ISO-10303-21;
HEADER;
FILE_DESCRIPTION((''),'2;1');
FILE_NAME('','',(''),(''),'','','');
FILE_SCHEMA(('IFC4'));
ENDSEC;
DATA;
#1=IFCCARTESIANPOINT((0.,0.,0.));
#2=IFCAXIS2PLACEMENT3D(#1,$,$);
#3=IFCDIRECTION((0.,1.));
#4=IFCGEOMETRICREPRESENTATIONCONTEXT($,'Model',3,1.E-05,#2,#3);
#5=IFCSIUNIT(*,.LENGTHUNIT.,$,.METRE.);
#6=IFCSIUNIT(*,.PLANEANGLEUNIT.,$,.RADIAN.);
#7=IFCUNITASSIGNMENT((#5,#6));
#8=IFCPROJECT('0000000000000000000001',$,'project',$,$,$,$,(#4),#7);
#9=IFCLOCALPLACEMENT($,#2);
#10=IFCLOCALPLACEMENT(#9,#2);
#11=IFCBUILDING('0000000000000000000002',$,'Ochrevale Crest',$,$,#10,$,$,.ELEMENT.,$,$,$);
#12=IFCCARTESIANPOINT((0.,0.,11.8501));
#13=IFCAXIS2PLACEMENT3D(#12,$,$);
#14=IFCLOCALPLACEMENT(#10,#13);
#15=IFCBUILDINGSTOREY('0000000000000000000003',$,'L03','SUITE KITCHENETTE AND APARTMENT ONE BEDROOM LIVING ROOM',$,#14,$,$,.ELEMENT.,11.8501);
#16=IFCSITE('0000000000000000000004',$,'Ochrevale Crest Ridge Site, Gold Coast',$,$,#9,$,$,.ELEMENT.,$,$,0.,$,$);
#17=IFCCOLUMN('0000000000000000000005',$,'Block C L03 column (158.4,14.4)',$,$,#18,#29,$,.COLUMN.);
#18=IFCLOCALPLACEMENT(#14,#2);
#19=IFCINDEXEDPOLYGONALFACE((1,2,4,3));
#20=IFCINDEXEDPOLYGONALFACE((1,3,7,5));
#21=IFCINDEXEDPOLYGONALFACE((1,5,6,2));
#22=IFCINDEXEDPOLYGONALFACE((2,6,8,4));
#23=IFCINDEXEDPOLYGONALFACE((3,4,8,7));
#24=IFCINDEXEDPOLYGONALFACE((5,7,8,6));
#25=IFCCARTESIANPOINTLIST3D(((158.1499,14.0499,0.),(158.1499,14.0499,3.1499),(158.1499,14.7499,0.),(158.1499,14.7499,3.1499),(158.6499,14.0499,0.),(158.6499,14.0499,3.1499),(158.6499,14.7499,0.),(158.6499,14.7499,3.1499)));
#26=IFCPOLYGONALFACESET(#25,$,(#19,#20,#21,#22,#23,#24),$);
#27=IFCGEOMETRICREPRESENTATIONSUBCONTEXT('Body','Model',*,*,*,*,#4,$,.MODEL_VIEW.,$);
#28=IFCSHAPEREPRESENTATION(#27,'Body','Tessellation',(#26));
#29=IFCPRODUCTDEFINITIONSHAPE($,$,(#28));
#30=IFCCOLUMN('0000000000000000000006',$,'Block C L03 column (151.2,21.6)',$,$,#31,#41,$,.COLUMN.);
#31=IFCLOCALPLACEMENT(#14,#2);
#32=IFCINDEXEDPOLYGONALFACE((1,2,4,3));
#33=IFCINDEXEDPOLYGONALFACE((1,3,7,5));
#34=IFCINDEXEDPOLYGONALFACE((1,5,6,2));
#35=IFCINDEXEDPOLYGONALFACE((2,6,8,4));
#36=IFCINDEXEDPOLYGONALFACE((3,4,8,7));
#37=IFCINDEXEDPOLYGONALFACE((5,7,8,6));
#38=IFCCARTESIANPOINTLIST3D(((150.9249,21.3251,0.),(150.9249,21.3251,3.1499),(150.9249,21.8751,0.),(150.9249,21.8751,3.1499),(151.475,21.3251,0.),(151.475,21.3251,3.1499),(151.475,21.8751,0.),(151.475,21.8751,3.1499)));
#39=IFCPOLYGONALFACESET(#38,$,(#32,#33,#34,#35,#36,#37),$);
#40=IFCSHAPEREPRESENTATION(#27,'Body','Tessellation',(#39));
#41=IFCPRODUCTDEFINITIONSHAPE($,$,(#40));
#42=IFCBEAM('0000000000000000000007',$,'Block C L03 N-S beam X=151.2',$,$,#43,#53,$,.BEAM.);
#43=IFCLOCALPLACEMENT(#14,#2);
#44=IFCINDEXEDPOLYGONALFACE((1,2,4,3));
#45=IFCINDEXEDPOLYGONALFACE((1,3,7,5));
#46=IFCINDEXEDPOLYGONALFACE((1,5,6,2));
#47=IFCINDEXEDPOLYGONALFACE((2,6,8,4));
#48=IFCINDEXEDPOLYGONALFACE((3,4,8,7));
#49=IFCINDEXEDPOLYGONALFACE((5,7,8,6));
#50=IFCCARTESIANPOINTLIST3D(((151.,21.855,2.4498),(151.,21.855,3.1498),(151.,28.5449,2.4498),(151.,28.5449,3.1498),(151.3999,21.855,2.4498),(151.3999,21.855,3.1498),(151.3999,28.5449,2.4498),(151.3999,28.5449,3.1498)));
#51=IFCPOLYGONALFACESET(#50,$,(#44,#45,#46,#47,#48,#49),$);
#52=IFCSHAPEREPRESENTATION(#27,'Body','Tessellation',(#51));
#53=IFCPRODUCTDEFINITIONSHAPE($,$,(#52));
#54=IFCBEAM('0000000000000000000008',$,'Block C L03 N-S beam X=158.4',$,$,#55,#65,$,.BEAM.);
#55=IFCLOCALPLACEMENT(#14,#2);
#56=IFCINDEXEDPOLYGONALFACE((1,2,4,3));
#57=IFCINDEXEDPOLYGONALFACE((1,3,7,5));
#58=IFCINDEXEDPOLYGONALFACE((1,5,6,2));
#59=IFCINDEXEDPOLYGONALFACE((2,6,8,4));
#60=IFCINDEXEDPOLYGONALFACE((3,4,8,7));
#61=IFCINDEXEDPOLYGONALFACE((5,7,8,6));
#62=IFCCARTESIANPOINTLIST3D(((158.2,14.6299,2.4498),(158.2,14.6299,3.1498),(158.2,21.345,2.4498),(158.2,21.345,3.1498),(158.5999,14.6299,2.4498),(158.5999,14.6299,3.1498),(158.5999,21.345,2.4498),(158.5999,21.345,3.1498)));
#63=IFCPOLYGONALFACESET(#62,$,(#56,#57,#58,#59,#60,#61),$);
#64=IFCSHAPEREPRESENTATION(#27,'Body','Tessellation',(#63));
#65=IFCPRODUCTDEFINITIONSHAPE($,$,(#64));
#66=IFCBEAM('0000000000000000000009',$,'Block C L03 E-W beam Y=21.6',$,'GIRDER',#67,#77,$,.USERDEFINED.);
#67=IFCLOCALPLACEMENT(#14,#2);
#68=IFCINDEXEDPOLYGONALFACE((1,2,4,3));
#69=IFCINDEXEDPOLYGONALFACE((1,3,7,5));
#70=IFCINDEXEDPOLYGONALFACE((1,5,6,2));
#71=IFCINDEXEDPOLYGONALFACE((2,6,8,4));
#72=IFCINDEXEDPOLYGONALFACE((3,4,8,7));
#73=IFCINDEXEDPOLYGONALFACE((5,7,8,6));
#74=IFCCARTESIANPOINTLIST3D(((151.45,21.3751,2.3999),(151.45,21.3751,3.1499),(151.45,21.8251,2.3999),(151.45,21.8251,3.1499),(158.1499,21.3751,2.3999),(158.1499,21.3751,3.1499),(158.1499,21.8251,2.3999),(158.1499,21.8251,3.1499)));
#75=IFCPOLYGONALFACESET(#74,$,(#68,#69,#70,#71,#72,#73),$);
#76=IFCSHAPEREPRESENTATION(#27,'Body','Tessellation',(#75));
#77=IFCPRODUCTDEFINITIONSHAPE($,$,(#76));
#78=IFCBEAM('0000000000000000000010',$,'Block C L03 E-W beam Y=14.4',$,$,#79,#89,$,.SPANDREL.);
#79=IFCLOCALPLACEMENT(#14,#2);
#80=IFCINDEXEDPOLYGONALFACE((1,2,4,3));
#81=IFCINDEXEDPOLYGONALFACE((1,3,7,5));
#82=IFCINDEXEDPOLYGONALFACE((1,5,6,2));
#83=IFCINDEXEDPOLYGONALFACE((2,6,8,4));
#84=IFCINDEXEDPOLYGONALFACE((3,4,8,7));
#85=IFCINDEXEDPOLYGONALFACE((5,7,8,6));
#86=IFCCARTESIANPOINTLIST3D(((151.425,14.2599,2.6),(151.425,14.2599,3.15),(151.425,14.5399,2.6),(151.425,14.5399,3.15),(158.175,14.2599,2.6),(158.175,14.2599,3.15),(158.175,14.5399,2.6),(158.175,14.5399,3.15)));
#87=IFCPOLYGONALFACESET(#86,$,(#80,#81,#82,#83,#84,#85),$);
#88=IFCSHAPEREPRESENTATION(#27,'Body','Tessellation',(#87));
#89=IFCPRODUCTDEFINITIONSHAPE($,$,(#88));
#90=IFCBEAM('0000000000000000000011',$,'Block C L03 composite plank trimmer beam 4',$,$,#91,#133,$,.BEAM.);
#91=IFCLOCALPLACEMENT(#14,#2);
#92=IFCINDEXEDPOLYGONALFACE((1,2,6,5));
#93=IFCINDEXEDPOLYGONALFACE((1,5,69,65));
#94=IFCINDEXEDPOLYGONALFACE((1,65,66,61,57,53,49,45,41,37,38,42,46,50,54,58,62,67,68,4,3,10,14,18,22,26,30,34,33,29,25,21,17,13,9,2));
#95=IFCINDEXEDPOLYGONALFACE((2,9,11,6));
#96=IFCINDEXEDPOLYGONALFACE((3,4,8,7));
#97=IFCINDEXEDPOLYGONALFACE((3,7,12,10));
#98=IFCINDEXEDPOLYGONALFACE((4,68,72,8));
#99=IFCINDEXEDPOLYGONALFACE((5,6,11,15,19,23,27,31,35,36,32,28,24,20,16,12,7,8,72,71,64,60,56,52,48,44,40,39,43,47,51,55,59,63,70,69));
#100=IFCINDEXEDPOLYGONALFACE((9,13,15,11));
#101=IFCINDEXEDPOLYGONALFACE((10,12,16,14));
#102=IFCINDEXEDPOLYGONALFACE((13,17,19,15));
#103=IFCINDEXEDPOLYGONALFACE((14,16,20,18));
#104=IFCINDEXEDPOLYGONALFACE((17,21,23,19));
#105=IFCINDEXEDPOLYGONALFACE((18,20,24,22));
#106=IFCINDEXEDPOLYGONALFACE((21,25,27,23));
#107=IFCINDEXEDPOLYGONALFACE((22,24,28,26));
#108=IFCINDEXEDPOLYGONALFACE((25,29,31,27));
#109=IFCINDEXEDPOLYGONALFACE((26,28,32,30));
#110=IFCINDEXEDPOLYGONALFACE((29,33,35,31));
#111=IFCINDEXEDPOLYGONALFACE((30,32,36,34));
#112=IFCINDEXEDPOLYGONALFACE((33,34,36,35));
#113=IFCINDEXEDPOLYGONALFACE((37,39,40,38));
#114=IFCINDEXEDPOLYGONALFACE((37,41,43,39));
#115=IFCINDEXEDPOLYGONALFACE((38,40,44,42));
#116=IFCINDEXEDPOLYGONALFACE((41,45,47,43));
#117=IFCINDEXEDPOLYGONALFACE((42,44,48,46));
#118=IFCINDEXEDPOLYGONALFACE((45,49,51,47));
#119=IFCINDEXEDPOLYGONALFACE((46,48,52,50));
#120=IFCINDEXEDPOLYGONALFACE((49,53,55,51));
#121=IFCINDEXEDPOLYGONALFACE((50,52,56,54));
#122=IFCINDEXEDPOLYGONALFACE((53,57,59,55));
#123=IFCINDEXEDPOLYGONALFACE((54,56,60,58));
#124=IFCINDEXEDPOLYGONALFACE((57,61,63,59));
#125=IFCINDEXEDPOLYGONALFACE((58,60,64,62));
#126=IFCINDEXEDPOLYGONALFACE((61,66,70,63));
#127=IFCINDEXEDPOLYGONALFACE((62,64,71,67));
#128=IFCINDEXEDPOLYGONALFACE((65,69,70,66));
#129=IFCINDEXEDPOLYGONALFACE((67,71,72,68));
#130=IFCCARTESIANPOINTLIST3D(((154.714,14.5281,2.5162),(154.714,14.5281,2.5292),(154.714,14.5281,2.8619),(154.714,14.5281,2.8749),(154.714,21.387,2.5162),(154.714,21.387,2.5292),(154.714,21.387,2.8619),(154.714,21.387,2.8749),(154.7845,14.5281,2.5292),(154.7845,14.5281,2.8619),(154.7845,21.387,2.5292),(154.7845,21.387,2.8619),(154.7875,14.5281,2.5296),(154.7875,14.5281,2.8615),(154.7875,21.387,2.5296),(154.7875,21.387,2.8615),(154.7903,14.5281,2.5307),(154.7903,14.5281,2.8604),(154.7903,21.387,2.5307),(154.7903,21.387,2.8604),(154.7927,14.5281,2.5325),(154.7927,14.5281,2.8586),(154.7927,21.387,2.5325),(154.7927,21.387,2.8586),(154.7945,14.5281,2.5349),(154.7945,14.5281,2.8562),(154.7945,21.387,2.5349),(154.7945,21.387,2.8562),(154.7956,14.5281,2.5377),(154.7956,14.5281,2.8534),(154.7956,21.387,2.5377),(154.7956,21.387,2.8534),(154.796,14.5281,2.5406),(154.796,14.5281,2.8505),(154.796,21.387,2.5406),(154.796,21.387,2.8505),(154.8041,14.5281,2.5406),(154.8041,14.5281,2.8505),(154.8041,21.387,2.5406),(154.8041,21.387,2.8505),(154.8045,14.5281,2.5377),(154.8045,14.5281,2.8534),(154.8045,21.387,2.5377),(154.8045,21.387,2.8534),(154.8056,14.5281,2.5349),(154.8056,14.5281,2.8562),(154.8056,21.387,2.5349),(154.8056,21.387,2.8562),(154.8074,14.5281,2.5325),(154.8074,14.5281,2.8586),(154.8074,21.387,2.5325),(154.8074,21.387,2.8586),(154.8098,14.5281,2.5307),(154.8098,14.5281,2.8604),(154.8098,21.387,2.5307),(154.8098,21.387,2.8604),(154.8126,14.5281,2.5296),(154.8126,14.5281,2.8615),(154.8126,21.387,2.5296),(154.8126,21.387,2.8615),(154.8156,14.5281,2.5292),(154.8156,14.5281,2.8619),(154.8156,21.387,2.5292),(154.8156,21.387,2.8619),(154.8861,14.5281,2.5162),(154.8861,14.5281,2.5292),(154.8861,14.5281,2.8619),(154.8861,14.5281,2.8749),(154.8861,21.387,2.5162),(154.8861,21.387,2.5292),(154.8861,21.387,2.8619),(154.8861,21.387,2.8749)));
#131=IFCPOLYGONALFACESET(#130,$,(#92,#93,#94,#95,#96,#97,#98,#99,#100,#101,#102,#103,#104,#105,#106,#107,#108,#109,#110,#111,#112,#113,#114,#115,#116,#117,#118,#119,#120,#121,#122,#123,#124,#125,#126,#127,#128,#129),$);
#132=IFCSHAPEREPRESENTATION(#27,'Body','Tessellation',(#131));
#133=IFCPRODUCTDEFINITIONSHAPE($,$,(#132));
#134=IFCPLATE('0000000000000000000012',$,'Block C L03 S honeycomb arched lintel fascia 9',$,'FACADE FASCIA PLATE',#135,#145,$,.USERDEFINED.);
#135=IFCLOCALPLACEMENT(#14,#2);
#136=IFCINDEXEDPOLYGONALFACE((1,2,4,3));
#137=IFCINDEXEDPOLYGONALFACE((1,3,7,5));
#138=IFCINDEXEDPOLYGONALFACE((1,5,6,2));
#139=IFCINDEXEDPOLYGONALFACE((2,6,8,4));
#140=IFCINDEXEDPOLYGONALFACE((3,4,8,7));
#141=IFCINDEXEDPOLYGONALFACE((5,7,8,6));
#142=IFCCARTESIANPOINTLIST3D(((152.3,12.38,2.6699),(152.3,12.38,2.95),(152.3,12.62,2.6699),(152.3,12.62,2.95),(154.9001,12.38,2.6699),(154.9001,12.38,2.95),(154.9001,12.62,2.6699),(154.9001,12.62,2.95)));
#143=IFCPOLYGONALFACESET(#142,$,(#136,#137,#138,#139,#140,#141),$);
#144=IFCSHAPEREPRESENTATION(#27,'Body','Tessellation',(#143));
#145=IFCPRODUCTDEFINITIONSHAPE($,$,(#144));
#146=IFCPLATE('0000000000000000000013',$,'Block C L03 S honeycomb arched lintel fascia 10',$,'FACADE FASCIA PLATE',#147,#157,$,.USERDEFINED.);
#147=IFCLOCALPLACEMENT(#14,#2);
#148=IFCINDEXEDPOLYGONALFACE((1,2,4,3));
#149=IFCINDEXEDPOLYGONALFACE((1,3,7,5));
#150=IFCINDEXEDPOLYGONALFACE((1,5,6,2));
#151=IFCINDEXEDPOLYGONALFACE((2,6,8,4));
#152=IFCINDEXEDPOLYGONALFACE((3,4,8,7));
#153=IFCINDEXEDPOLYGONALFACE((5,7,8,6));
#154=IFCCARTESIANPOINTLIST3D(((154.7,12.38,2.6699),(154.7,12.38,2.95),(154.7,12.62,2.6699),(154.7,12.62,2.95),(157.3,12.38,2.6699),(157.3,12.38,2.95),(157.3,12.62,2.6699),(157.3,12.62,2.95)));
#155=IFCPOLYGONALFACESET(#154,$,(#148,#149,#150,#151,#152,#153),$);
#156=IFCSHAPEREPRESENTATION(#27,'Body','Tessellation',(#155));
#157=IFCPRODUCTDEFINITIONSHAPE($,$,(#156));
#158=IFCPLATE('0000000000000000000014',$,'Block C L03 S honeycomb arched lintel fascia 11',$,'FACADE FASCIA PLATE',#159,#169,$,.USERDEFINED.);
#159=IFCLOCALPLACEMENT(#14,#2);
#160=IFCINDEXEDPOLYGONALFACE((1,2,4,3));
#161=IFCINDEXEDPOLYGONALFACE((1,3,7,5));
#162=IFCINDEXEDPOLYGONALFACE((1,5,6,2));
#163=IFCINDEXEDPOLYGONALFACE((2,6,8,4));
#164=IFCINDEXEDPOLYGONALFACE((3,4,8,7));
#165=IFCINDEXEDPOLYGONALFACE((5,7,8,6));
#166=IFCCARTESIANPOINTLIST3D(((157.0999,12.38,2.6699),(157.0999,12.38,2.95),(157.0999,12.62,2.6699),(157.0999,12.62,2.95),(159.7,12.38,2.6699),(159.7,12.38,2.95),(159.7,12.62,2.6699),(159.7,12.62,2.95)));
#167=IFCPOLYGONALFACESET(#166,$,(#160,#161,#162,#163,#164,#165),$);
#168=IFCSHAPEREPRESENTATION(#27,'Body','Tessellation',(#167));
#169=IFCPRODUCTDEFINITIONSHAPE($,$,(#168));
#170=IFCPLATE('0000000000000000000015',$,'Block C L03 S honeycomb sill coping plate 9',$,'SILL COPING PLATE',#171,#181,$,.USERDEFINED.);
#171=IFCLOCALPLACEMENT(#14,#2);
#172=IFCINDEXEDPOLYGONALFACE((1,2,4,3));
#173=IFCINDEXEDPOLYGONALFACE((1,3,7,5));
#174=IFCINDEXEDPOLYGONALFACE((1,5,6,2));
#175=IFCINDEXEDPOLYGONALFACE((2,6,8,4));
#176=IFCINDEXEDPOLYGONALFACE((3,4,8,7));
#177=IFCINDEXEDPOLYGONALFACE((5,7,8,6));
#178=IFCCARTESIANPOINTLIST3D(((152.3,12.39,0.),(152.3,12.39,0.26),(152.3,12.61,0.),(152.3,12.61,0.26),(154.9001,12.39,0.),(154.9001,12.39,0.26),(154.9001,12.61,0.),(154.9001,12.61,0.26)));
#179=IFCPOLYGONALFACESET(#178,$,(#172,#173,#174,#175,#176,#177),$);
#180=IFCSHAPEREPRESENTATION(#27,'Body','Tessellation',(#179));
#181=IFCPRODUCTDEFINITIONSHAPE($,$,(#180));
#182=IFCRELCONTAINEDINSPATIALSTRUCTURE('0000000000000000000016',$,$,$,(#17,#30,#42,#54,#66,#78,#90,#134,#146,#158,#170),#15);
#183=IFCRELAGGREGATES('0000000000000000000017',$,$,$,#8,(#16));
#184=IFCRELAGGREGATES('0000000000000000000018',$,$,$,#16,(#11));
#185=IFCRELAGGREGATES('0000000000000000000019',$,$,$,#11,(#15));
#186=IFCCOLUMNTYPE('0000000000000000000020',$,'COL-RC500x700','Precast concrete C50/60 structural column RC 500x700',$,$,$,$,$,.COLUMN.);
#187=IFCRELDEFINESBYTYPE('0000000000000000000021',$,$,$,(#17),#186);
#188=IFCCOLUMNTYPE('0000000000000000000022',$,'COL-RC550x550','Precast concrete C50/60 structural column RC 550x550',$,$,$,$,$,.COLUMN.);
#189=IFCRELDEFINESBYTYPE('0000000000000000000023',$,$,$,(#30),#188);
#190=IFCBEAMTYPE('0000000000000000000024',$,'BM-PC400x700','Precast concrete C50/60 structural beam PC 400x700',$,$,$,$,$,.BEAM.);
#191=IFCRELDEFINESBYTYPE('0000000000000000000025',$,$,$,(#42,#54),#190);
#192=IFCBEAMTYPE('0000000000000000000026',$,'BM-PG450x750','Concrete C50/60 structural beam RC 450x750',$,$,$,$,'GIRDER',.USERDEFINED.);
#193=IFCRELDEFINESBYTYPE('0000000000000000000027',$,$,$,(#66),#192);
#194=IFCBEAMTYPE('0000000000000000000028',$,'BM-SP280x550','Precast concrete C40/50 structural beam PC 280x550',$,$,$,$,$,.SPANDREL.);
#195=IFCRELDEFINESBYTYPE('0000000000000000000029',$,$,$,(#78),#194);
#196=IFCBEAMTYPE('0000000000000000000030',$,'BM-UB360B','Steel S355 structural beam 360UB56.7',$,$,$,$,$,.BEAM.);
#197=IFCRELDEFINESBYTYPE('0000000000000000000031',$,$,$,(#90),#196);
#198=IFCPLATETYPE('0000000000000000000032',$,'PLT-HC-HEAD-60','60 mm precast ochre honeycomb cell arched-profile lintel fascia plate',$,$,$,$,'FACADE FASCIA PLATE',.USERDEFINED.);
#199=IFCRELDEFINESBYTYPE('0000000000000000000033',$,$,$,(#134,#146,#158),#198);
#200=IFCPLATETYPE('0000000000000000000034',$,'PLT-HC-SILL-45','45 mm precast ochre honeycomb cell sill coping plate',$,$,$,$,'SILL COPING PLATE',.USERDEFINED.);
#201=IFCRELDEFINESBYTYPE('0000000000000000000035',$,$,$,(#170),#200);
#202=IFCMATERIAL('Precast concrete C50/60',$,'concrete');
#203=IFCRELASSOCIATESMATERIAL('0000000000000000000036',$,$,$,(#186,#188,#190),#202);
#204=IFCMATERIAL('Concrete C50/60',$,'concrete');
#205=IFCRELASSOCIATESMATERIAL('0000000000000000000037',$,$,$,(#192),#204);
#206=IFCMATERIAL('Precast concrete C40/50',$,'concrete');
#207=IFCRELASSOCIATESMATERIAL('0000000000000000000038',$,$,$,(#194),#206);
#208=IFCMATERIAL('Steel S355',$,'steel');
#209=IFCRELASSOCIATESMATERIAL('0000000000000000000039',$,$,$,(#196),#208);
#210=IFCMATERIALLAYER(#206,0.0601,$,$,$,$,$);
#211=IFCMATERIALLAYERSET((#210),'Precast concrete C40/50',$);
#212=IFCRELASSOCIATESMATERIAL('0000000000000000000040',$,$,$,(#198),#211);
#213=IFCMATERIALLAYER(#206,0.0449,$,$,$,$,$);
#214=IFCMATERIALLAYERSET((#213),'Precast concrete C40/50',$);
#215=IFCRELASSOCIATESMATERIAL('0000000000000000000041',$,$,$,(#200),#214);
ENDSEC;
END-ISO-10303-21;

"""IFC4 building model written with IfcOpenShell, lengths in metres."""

from ifc_helpers import new_model, si_unit, direction, frame, origin, origin_2d, place, context, subcontext, project, spatial, rectangle, i_section, extrude, material, layer, layer_set, material_profile, profile_set, type_object, element, save


model = new_model("IFC4")

# Units and contexts
model_context = context("Model", 3, precision=1e-05, world=origin(), true_north=direction((0.0, 1.0)))
body_context = subcontext(model_context, "Body", "Model", "MODEL_VIEW")
ifc_project = project(units=[si_unit("LENGTHUNIT", "METRE"), si_unit("PLANEANGLEUNIT", "RADIAN")], contexts=[model_context])

# Site, building, storey
site_placement = place(None, origin())
site = spatial("IfcSite", under=ifc_project, at=site_placement, Name="Ochrevale Crest Ridge Site, Gold Coast", CompositionType="ELEMENT", RefElevation=0.0)
building_placement = place(site_placement, origin())
building = spatial("IfcBuilding", under=site, at=building_placement, Name="Ochrevale Crest", CompositionType="ELEMENT")
storey_placement = place(building_placement, frame((0.0, 0.0, 11.8501)))
storey = spatial("IfcBuildingStorey", under=building, at=storey_placement, Name="L03", Description="SUITE KITCHENETTE AND APARTMENT ONE BEDROOM LIVING ROOM", CompositionType="ELEMENT", Elevation=11.8501)

# Columns
ifc_material_1 = material(Name="Precast concrete C50/60", Category="concrete")
ifc_material_profile_1 = material_profile(ifc_material_1, rectangle(XDim=0.5, YDim=0.7, at=origin_2d()), Name="RC 500x700")
ifc_profile_set_1 = profile_set([ifc_material_profile_1], Name="Precast concrete C50/60")
column_type_1 = type_object("IfcColumnType", Name="COL-RC500x700", Description="Precast concrete C50/60 structural column RC 500x700", PredefinedType="COLUMN", material=ifc_profile_set_1)
column_1_placement = place(storey_placement, frame((158.3999, 14.3999, 0.0), z_axis=(0.0, 0.0, 1.0), x_axis=(1.0, 0.0, 0.0)))
element("IfcColumn", 1, at=column_1_placement, inside=storey, type_object=column_type_1, Name="Block C L03 column (158.4,14.4)", PredefinedType="COLUMN", context=body_context, shape_type="SweptSolid", body=[
    extrude(rectangle(XDim=0.5, YDim=0.7, at=origin_2d()), origin(), (0.0, 0.0, 1.0), 3.1499),
])
ifc_material_profile_2 = material_profile(ifc_material_1, rectangle(XDim=0.55, YDim=0.55, at=origin_2d()), Name="RC 550x550")
ifc_profile_set_2 = profile_set([ifc_material_profile_2], Name="Precast concrete C50/60")
column_type_2 = type_object("IfcColumnType", Name="COL-RC550x550", Description="Precast concrete C50/60 structural column RC 550x550", PredefinedType="COLUMN", material=ifc_profile_set_2)
column_2_placement = place(storey_placement, frame((151.2, 21.6001, 0.0), z_axis=(0.0, 0.0, 1.0), x_axis=(1.0, 0.0, 0.0)))
element("IfcColumn", 2, at=column_2_placement, inside=storey, type_object=column_type_2, Name="Block C L03 column (151.2,21.6)", PredefinedType="COLUMN", context=body_context, shape_type="SweptSolid", body=[
    extrude(rectangle(XDim=0.55, YDim=0.55, at=origin_2d()), origin(), (0.0, 0.0, 1.0), 3.1499),
])

# Beams
ifc_material_profile_3 = material_profile(ifc_material_1, rectangle(XDim=0.3999, YDim=0.7, at=origin_2d()), Name="PC 400x700")
ifc_profile_set_3 = profile_set([ifc_material_profile_3], Name="Precast concrete C50/60")
beam_type_1 = type_object("IfcBeamType", Name="BM-PC400x700", Description="Precast concrete C50/60 structural beam PC 400x700", PredefinedType="BEAM", material=ifc_profile_set_3)
beam_1_placement = place(storey_placement, frame((151.2, 21.855, 2.7998), z_axis=(0.0, 1.0, 0.0), x_axis=(-1.0, 0.0, 0.0)))
element("IfcBeam", 3, at=beam_1_placement, inside=storey, type_object=beam_type_1, Name="Block C L03 N-S beam X=151.2", PredefinedType="BEAM", context=body_context, shape_type="SweptSolid", body=[
    extrude(rectangle(XDim=0.3999, YDim=0.7, at=origin_2d()), origin(), (0.0, 0.0, 1.0), 6.6899),
])
beam_2_placement = place(storey_placement, frame((158.3999, 14.6299, 2.7998), z_axis=(0.0, 1.0, 0.0), x_axis=(-1.0, 0.0, 0.0)))
element("IfcBeam", 4, at=beam_2_placement, inside=storey, type_object=beam_type_1, Name="Block C L03 N-S beam X=158.4", PredefinedType="BEAM", context=body_context, shape_type="SweptSolid", body=[
    extrude(rectangle(XDim=0.3999, YDim=0.7, at=origin_2d()), origin(), (0.0, 0.0, 1.0), 6.7151),
])
ifc_material_2 = material(Name="Concrete C50/60", Category="concrete")
ifc_material_profile_4 = material_profile(ifc_material_2, rectangle(XDim=0.45, YDim=0.75, at=origin_2d()), Name="RC 450x750")
ifc_profile_set_4 = profile_set([ifc_material_profile_4], Name="Concrete C50/60")
beam_type_2 = type_object("IfcBeamType", Name="BM-PG450x750", Description="Concrete C50/60 structural beam RC 450x750", ElementType="GIRDER", PredefinedType="USERDEFINED", material=ifc_profile_set_4)
beam_3_placement = place(storey_placement, frame((151.45, 21.6001, 2.7749), z_axis=(1.0, 0.0, 0.0), x_axis=(0.0, 1.0, 0.0)))
element("IfcBeam", 5, at=beam_3_placement, inside=storey, type_object=beam_type_2, Name="Block C L03 E-W beam Y=21.6", ObjectType="GIRDER", PredefinedType="USERDEFINED", context=body_context, shape_type="SweptSolid", body=[
    extrude(rectangle(XDim=0.45, YDim=0.75, at=origin_2d()), origin(), (0.0, 0.0, 1.0), 6.7),
])
ifc_material_3 = material(Name="Precast concrete C40/50", Category="concrete")
ifc_material_profile_5 = material_profile(ifc_material_3, rectangle(XDim=0.28, YDim=0.55, at=origin_2d()), Name="PC 280x550")
ifc_profile_set_5 = profile_set([ifc_material_profile_5], Name="Precast concrete C40/50")
beam_type_3 = type_object("IfcBeamType", Name="BM-SP280x550", Description="Precast concrete C40/50 structural beam PC 280x550", PredefinedType="SPANDREL", material=ifc_profile_set_5)
beam_4_placement = place(storey_placement, frame((151.425, 14.3999, 2.875), z_axis=(1.0, 0.0, 0.0), x_axis=(0.0, 1.0, 0.0)))
element("IfcBeam", 6, at=beam_4_placement, inside=storey, type_object=beam_type_3, Name="Block C L03 E-W beam Y=14.4", PredefinedType="SPANDREL", context=body_context, shape_type="SweptSolid", body=[
    extrude(rectangle(XDim=0.28, YDim=0.55, at=origin_2d()), origin(), (0.0, 0.0, 1.0), 6.75),
])
ifc_material_4 = material(Name="Steel S355", Category="steel")
ifc_material_profile_6 = material_profile(ifc_material_4, i_section(OverallWidth=0.1721, OverallDepth=0.3586, WebThickness=0.0081, FlangeThickness=0.0129, FilletRadius=0.0115, at=origin_2d()), Name="360UB56.7")
ifc_profile_set_6 = profile_set([ifc_material_profile_6], Name="Steel S355")
beam_type_4 = type_object("IfcBeamType", Name="BM-UB360B", Description="Steel S355 structural beam 360UB56.7", PredefinedType="BEAM", material=ifc_profile_set_6)
beam_5_placement = place(storey_placement, frame((154.8, 14.5281, 2.6956), z_axis=(0.0, 1.0, 0.0), x_axis=(-1.0, 0.0, 0.0)))
element("IfcBeam", 7, at=beam_5_placement, inside=storey, type_object=beam_type_4, Name="Block C L03 composite plank trimmer beam 4", PredefinedType="BEAM", context=body_context, shape_type="SweptSolid", body=[
    extrude(i_section(OverallWidth=0.1721, OverallDepth=0.3586, WebThickness=0.0081, FlangeThickness=0.0129, FilletRadius=0.0115, at=origin_2d()), origin(), (0.0, 0.0, 1.0), 6.8589),
])

# Plates
ifc_layer_1 = layer(ifc_material_3, 0.0601)
ifc_layer_set_1 = layer_set([ifc_layer_1], Name="Precast concrete C40/50")
plate_type_1 = type_object("IfcPlateType", Name="PLT-HC-HEAD-60", Description="60 mm precast ochre honeycomb cell arched-profile lintel fascia plate", ElementType="FACADE FASCIA PLATE", PredefinedType="USERDEFINED", material=ifc_layer_set_1)
for number, where, z_axis, x_axis, name in (
    (8, (153.6001, 12.5, 2.6699), (0.0, 0.0, 1.0), (1.0, 0.0, 0.0), "Block C L03 S honeycomb arched lintel fascia 9"),
    (9, (156.0, 12.5, 2.6699), (0.0, 0.0, 1.0), (1.0, 0.0, 0.0), "Block C L03 S honeycomb arched lintel fascia 10"),
    (10, (158.3999, 12.5, 2.6699), (0.0, 0.0, 1.0), (1.0, 0.0, 0.0), "Block C L03 S honeycomb arched lintel fascia 11"),
):
    element("IfcPlate", number, at=place(storey_placement, frame(where, z_axis=z_axis, x_axis=x_axis)), inside=storey, type_object=plate_type_1, Name=name, ObjectType="FACADE FASCIA PLATE", PredefinedType="USERDEFINED", context=body_context, shape_type="SweptSolid", body=[
        extrude(rectangle(XDim=2.6001, YDim=0.24, at=origin_2d()), origin(), (0.0, 0.0, 1.0), 0.28),
    ])
ifc_layer_2 = layer(ifc_material_3, 0.0449)
ifc_layer_set_2 = layer_set([ifc_layer_2], Name="Precast concrete C40/50")
plate_type_2 = type_object("IfcPlateType", Name="PLT-HC-SILL-45", Description="45 mm precast ochre honeycomb cell sill coping plate", ElementType="SILL COPING PLATE", PredefinedType="USERDEFINED", material=ifc_layer_set_2)
for number, where, z_axis, x_axis, name in (
    (11, (153.6001, 12.5, 0.0), (0.0, 0.0, 1.0), (1.0, 0.0, 0.0), "Block C L03 S honeycomb sill coping plate 9"),
):
    element("IfcPlate", number, at=place(storey_placement, frame(where, z_axis=z_axis, x_axis=x_axis)), inside=storey, type_object=plate_type_2, Name=name, ObjectType="SILL COPING PLATE", PredefinedType="USERDEFINED", context=body_context, shape_type="SweptSolid", body=[
        extrude(rectangle(XDim=2.6001, YDim=0.22, at=origin_2d()), origin(), (0.0, 0.0, 1.0), 0.26),
    ])

save(model, "model.ifc")
